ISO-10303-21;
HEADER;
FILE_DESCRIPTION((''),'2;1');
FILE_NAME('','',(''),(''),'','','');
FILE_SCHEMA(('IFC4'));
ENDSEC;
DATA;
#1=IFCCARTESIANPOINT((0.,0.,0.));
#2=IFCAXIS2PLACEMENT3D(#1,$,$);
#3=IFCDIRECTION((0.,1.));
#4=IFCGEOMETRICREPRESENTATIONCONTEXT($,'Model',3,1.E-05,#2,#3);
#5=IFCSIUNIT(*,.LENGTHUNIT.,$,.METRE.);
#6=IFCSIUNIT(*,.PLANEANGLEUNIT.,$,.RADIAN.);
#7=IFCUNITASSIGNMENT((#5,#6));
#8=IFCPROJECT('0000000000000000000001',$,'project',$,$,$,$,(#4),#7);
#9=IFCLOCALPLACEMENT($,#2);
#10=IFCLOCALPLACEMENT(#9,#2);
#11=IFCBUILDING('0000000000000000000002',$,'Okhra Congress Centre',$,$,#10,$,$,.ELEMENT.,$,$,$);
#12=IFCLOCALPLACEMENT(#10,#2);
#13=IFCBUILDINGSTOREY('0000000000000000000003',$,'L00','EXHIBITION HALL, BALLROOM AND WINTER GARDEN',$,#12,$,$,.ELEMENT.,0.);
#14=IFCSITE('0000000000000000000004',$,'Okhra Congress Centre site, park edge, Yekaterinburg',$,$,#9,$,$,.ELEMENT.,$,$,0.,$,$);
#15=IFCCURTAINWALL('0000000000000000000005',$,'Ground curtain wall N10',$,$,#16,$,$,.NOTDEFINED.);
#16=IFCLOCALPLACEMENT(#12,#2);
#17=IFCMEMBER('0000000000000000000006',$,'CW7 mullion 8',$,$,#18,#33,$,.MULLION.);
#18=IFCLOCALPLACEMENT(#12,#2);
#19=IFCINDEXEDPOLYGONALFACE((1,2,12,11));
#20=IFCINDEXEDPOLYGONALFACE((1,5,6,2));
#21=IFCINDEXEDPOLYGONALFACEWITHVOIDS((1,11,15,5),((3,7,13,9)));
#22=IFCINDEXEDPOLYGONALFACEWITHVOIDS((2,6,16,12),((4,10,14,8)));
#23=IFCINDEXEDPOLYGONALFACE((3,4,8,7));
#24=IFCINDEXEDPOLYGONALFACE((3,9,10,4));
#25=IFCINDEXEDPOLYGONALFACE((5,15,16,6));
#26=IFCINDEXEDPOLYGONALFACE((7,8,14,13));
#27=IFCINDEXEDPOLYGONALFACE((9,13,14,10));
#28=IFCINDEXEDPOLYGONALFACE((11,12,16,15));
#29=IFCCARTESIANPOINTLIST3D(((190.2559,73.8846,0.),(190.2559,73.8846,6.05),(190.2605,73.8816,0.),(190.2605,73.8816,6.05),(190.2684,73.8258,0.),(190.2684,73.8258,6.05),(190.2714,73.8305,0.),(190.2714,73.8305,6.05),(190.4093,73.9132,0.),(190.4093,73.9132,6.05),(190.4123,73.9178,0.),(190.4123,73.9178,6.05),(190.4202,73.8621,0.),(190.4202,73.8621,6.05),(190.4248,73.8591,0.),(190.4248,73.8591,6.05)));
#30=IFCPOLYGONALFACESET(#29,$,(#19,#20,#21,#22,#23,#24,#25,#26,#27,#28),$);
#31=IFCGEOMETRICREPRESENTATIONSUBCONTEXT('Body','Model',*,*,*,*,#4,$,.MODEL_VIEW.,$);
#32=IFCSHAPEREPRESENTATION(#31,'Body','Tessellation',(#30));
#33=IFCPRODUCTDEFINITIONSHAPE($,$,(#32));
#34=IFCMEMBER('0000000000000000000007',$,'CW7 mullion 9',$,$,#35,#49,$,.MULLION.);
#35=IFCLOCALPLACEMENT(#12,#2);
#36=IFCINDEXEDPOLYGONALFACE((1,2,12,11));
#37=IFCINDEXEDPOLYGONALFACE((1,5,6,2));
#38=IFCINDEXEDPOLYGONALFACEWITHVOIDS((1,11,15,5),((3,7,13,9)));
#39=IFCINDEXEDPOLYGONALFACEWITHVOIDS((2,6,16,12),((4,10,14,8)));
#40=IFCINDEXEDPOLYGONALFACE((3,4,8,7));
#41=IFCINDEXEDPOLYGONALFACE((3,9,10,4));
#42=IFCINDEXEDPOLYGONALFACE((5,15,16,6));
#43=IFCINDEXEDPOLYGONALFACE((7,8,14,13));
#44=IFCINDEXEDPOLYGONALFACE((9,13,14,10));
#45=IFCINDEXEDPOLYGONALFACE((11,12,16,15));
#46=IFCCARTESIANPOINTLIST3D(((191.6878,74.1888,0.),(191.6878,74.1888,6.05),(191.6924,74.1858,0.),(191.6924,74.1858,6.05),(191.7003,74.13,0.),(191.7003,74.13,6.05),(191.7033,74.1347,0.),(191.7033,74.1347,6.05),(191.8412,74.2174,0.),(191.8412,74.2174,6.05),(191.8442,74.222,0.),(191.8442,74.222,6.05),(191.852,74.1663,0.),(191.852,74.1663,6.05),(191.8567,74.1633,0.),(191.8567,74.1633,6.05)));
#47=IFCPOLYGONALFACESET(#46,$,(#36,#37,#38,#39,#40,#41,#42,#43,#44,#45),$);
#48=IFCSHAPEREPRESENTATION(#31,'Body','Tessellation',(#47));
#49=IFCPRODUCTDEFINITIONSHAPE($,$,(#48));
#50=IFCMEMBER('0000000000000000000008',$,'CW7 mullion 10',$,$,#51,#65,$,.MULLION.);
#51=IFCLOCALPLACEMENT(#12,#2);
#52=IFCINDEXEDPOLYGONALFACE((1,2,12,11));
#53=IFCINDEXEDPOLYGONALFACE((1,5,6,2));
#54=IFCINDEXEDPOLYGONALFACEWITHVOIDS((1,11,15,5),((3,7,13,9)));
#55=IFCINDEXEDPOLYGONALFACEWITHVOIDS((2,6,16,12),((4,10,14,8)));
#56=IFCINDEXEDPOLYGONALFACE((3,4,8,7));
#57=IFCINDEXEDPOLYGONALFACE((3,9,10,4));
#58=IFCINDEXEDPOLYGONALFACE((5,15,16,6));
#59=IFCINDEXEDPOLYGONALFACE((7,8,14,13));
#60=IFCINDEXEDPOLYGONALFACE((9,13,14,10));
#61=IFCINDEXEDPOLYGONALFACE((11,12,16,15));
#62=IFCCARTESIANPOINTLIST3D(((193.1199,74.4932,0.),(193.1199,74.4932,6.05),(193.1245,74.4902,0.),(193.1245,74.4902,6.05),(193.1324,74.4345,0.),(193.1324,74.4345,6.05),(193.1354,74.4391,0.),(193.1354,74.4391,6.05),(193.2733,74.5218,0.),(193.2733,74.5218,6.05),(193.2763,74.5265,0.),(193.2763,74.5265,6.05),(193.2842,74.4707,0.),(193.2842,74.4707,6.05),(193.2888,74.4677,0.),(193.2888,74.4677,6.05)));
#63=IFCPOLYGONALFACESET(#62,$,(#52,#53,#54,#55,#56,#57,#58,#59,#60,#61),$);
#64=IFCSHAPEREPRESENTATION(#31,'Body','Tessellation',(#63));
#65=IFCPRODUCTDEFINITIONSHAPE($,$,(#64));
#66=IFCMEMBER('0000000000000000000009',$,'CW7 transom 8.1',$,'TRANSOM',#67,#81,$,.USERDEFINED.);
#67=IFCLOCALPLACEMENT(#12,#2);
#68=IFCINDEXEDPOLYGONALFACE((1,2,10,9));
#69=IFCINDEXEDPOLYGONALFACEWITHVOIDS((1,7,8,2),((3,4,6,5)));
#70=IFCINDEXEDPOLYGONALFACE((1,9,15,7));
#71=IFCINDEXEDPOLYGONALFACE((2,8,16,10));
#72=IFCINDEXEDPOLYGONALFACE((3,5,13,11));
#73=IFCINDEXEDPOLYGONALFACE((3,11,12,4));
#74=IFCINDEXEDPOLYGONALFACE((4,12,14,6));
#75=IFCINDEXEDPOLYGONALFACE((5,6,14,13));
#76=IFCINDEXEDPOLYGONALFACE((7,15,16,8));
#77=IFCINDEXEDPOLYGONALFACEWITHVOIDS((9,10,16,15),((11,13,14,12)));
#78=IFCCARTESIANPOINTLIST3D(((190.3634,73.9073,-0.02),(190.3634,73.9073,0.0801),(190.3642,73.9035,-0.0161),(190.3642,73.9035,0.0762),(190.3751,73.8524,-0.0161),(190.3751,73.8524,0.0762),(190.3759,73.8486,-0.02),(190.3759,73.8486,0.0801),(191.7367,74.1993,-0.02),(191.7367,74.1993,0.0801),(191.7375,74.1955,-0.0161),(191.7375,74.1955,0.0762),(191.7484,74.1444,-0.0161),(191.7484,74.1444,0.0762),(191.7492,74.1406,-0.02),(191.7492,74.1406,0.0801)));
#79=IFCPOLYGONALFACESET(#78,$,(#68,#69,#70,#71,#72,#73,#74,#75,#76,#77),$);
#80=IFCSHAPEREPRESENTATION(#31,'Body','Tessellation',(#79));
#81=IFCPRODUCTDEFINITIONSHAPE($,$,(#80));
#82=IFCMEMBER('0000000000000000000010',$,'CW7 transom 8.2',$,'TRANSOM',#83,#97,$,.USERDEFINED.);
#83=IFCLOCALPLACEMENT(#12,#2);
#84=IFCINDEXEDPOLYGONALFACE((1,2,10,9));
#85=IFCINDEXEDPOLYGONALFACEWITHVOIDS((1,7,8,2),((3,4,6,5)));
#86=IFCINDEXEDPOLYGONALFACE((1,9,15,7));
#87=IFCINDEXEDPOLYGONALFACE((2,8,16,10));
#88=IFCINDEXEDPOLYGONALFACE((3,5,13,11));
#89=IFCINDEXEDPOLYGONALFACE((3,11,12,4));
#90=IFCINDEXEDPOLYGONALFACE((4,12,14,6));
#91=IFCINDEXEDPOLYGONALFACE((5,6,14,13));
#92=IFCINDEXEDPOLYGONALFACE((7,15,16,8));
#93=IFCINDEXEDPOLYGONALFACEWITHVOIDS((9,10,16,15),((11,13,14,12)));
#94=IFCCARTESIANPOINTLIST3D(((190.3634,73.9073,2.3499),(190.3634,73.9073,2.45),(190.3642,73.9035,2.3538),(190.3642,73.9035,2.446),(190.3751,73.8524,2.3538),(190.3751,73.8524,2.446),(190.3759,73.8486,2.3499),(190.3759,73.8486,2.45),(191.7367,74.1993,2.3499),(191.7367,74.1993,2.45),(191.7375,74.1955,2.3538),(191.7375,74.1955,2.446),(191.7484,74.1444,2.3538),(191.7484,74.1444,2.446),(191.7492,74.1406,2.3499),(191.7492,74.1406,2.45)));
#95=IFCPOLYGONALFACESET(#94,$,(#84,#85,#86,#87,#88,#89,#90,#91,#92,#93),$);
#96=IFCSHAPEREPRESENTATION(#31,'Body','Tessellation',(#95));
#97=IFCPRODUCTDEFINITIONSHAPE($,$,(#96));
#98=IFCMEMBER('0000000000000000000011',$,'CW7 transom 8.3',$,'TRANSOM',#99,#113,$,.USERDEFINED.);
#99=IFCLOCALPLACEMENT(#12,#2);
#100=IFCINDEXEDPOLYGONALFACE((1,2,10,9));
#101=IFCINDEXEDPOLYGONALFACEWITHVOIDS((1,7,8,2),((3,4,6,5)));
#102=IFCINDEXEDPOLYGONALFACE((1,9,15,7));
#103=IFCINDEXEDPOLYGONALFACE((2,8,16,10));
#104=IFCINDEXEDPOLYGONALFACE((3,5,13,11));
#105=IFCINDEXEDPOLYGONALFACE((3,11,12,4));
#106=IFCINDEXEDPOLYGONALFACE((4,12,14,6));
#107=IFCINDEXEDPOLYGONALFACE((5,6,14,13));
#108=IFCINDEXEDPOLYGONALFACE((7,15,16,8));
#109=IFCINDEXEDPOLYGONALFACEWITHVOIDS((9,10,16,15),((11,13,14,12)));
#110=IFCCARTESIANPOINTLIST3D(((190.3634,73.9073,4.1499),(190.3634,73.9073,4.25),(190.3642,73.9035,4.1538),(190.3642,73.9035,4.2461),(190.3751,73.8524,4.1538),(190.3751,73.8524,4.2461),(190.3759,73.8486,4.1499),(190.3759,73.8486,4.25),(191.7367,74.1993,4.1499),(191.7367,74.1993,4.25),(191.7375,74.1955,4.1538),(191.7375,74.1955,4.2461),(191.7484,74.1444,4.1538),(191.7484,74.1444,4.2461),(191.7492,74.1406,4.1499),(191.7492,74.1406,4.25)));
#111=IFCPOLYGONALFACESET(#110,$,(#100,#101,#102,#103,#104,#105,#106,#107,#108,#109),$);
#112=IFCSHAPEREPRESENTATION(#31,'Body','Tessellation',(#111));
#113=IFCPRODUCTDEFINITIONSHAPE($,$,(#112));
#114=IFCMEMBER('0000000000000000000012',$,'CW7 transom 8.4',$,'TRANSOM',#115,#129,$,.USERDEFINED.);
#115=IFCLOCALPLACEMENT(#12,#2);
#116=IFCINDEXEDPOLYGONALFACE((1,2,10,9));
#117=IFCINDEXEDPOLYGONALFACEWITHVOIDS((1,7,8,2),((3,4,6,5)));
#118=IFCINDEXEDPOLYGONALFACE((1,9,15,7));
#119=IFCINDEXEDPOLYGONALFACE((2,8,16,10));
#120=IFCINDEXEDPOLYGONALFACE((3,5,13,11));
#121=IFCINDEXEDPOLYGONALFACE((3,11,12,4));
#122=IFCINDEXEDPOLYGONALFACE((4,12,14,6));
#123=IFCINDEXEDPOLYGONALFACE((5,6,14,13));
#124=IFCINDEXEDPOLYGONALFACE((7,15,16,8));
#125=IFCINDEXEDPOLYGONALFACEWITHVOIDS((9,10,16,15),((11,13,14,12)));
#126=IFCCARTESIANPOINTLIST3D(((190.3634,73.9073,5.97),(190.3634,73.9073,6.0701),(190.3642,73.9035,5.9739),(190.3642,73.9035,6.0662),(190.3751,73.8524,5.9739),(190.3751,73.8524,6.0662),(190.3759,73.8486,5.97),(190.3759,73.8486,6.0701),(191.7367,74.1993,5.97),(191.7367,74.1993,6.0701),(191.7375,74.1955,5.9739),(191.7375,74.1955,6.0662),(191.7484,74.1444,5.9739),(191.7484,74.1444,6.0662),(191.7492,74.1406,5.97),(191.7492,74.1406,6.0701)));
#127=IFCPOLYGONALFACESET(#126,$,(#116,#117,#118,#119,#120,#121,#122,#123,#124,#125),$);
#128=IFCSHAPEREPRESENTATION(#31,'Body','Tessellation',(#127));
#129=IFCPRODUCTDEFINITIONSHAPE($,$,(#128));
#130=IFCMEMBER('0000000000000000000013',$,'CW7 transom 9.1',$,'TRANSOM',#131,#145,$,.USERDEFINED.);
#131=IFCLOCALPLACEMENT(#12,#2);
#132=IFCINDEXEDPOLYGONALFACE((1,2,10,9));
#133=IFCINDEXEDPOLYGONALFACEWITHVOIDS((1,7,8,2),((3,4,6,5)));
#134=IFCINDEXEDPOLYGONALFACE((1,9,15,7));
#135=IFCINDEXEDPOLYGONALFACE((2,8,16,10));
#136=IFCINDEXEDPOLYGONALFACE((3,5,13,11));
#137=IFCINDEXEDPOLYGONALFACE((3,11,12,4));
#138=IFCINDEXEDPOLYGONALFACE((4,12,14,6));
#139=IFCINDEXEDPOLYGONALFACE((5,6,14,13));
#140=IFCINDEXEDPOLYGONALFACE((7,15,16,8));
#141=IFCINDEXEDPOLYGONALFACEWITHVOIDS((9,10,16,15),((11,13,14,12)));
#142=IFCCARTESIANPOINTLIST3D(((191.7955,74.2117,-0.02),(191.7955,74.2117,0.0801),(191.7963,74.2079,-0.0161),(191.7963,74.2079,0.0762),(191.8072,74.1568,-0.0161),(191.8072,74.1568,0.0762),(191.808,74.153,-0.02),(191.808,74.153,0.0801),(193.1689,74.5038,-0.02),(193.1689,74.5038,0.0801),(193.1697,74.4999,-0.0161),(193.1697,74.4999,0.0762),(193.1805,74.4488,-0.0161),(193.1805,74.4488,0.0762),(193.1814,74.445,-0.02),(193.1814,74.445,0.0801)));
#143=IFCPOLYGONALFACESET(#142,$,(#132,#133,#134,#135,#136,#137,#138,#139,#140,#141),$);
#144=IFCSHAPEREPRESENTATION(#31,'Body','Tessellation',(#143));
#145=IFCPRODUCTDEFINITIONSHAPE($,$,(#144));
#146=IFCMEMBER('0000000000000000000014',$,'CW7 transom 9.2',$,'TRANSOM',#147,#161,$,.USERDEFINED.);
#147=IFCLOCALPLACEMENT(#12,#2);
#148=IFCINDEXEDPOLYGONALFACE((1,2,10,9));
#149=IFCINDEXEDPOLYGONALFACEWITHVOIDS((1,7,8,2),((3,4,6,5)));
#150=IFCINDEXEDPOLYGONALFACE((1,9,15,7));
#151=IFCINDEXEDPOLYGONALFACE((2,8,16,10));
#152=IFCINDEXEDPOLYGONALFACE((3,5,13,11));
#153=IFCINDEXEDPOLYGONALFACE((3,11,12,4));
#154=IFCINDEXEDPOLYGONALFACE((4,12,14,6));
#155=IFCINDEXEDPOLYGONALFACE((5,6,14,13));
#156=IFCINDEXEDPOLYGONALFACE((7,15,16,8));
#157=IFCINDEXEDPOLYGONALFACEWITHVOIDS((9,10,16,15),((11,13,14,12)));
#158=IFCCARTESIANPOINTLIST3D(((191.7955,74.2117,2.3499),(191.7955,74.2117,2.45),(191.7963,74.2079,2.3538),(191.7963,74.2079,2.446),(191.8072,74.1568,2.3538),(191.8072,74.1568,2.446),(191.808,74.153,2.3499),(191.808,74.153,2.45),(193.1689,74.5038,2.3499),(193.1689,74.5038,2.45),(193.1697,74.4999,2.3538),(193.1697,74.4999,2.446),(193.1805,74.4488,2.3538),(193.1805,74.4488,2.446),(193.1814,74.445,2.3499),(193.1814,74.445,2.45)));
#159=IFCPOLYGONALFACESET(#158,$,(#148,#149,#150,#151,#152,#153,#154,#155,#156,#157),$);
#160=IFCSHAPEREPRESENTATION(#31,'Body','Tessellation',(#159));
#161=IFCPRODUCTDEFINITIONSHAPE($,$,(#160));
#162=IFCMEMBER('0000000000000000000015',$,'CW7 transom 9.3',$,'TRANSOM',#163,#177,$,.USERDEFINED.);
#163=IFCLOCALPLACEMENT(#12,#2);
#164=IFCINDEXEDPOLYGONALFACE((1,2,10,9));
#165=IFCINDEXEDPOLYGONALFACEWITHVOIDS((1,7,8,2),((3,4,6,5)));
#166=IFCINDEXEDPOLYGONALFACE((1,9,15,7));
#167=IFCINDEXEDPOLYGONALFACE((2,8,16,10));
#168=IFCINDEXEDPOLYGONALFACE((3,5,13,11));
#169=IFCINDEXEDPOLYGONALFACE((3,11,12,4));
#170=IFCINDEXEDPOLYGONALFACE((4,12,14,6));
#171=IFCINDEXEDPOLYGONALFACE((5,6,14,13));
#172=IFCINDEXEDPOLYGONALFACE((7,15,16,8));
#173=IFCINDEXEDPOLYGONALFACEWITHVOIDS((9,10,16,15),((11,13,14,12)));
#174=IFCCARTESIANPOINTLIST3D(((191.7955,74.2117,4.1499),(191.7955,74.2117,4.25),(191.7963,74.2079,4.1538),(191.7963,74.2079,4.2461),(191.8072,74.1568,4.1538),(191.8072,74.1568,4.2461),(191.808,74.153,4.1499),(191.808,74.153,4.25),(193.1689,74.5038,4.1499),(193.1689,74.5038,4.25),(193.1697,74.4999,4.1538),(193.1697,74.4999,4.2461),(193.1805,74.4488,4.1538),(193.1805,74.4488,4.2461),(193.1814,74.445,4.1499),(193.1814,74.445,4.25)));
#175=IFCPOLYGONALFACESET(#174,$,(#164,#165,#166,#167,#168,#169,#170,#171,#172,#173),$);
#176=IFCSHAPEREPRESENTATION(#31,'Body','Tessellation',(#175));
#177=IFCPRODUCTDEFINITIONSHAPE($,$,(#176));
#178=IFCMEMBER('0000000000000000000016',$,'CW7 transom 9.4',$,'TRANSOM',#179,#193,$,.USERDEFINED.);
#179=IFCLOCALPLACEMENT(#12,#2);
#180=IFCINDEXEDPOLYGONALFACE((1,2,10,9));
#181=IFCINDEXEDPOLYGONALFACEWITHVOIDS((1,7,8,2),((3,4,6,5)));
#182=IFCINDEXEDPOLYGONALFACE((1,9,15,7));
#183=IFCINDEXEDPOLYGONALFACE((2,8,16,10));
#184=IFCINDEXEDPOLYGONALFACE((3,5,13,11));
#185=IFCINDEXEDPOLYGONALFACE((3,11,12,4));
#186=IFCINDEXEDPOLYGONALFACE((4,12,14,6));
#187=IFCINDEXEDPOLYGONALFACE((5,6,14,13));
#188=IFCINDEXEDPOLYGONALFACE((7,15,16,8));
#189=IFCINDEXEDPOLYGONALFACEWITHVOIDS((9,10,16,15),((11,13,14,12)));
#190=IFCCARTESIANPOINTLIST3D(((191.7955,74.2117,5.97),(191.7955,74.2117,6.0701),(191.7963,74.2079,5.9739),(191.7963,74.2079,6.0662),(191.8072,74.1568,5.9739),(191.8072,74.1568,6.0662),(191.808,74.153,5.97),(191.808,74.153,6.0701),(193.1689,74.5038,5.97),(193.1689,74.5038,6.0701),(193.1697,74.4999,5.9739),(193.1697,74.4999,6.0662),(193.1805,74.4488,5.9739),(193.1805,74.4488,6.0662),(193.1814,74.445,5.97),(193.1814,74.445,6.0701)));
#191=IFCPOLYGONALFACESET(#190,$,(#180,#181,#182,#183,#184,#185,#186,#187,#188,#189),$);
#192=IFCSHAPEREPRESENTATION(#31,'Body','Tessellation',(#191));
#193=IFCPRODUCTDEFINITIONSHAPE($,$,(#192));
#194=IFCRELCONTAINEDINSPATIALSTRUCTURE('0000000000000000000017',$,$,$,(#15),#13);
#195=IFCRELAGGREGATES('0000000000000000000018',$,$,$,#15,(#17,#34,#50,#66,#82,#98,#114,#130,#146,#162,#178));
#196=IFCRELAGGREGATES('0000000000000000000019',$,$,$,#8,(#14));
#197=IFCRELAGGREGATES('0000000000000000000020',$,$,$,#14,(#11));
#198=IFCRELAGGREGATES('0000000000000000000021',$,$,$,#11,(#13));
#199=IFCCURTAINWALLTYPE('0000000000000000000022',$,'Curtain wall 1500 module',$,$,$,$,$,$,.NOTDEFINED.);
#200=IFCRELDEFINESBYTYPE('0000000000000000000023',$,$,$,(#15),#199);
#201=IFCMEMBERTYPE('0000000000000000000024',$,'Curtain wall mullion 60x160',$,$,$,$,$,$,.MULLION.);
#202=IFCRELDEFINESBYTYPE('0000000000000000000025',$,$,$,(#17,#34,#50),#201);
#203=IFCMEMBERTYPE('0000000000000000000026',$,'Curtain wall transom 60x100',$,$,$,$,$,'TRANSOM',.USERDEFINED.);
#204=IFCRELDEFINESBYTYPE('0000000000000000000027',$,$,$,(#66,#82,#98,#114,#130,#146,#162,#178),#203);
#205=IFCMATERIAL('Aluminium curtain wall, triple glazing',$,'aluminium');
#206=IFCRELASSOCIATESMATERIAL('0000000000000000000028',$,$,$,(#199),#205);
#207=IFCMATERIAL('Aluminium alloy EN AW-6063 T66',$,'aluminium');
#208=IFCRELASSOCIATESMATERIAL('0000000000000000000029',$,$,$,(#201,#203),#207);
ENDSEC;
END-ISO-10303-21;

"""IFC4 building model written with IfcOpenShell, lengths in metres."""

from ifc_helpers import new_model, si_unit, direction, frame, origin, origin_2d, place, context, subcontext, project, spatial, hollow_rectangle, extrude, material, material_profile, profile_set, type_object, element, aggregate, save


model = new_model("IFC4")

# Units and contexts
model_context = context("Model", 3, precision=1e-05, world=origin(), true_north=direction((0.0, 1.0)))
body_context = subcontext(model_context, "Body", "Model", "MODEL_VIEW")
ifc_project = project(units=[si_unit("LENGTHUNIT", "METRE"), si_unit("PLANEANGLEUNIT", "RADIAN")], contexts=[model_context])

# Site, building, storey
site_placement = place(None, origin())
site = spatial("IfcSite", under=ifc_project, at=site_placement, Name="Okhra Congress Centre site, park edge, Yekaterinburg", CompositionType="ELEMENT", RefElevation=0.0)
building_placement = place(site_placement, origin())
building = spatial("IfcBuilding", under=site, at=building_placement, Name="Okhra Congress Centre", CompositionType="ELEMENT")
storey_placement = place(building_placement, origin())
storey = spatial("IfcBuildingStorey", under=building, at=storey_placement, Name="L00", Description="EXHIBITION HALL, BALLROOM AND WINTER GARDEN", CompositionType="ELEMENT", Elevation=0.0)

# Curtain wall, members
ifc_material_1 = material(Name="Aluminium curtain wall, triple glazing", Category="aluminium")
curtain_wall_type = type_object("IfcCurtainWallType", Name="Curtain wall 1500 module", PredefinedType="NOTDEFINED", material=ifc_material_1)
curtain_wall_placement = place(storey_placement, origin())
curtain_wall = element("IfcCurtainWall", 1, at=curtain_wall_placement, inside=storey, type_object=curtain_wall_type, Name="Ground curtain wall N10", PredefinedType="NOTDEFINED")
ifc_material_2 = material(Name="Aluminium alloy EN AW-6063 T66", Category="aluminium")
ifc_material_profile_1 = material_profile(ifc_material_2, hollow_rectangle(XDim=0.0601, YDim=0.1599, WallThickness=0.0039, at=origin_2d()), Name="RHS 60x160x4")
ifc_profile_set_1 = profile_set([ifc_material_profile_1], Name="Aluminium alloy EN AW-6063 T66")
member_type_1 = type_object("IfcMemberType", Name="Curtain wall mullion 60x160", PredefinedType="MULLION", material=ifc_profile_set_1)
member_1_placement = place(storey_placement, frame((190.3403, 73.8718, 0.0), z_axis=(0.0, 0.0, 1.0), x_axis=(-0.207912, 0.978148, 0.0)))
member_1 = element("IfcMember", 2, at=member_1_placement, type_object=member_type_1, Name="CW7 mullion 8", PredefinedType="MULLION", context=body_context, shape_type="SweptSolid", body=[
    extrude(hollow_rectangle(XDim=0.0601, YDim=0.1599, WallThickness=0.0039, at=origin_2d()), origin(), (0.0, 0.0, 1.0), 6.05),
])
member_2_placement = place(storey_placement, frame((191.7722, 74.176, 0.0), z_axis=(0.0, 0.0, 1.0), x_axis=(-0.207912, 0.978148, 0.0)))
member_2 = element("IfcMember", 3, at=member_2_placement, type_object=member_type_1, Name="CW7 mullion 9", PredefinedType="MULLION", context=body_context, shape_type="SweptSolid", body=[
    extrude(hollow_rectangle(XDim=0.0601, YDim=0.1599, WallThickness=0.0039, at=origin_2d()), origin(), (0.0, 0.0, 1.0), 6.05),
])
member_3_placement = place(storey_placement, frame((193.2043, 74.4805, 0.0), z_axis=(0.0, 0.0, 1.0), x_axis=(-0.207912, 0.978148, 0.0)))
member_3 = element("IfcMember", 4, at=member_3_placement, type_object=member_type_1, Name="CW7 mullion 10", PredefinedType="MULLION", context=body_context, shape_type="SweptSolid", body=[
    extrude(hollow_rectangle(XDim=0.0601, YDim=0.1599, WallThickness=0.0039, at=origin_2d()), origin(), (0.0, 0.0, 1.0), 6.05),
])
ifc_material_profile_2 = material_profile(ifc_material_2, hollow_rectangle(XDim=0.0601, YDim=0.1001, WallThickness=0.0039, at=origin_2d()), Name="RHS 60x100x4")
ifc_profile_set_2 = profile_set([ifc_material_profile_2], Name="Aluminium alloy EN AW-6063 T66")
member_type_2 = type_object("IfcMemberType", Name="Curtain wall transom 60x100", ElementType="TRANSOM", PredefinedType="USERDEFINED", material=ifc_profile_set_2)
member_4_placement = place(storey_placement, frame((190.3696, 73.8779, 0.03), z_axis=(0.978135, 0.207973, 0.0), x_axis=(-0.207973, 0.978135, 0.0)))
member_4 = element("IfcMember", 5, at=member_4_placement, type_object=member_type_2, Name="CW7 transom 8.1", ObjectType="TRANSOM", PredefinedType="USERDEFINED", context=body_context, shape_type="SweptSolid", body=[
    extrude(hollow_rectangle(XDim=0.0601, YDim=0.1001, WallThickness=0.0039, at=origin_2d()), origin(), (0.0, 0.0, 1.0), 1.4041),
])
member_5_placement = place(storey_placement, frame((190.3696, 73.8779, 2.3999), z_axis=(0.978135, 0.207973, 0.0), x_axis=(-0.207973, 0.978135, 0.0)))
member_5 = element("IfcMember", 6, at=member_5_placement, type_object=member_type_2, Name="CW7 transom 8.2", ObjectType="TRANSOM", PredefinedType="USERDEFINED", context=body_context, shape_type="SweptSolid", body=[
    extrude(hollow_rectangle(XDim=0.0601, YDim=0.1001, WallThickness=0.0039, at=origin_2d()), origin(), (0.0, 0.0, 1.0), 1.4041),
])
member_6_placement = place(storey_placement, frame((190.3696, 73.8779, 4.2), z_axis=(0.978135, 0.207973, 0.0), x_axis=(-0.207973, 0.978135, 0.0)))
member_6 = element("IfcMember", 7, at=member_6_placement, type_object=member_type_2, Name="CW7 transom 8.3", ObjectType="TRANSOM", PredefinedType="USERDEFINED", context=body_context, shape_type="SweptSolid", body=[
    extrude(hollow_rectangle(XDim=0.0601, YDim=0.1001, WallThickness=0.0039, at=origin_2d()), origin(), (0.0, 0.0, 1.0), 1.4041),
])
member_7_placement = place(storey_placement, frame((190.3696, 73.8779, 6.02), z_axis=(0.978135, 0.207973, 0.0), x_axis=(-0.207973, 0.978135, 0.0)))
member_7 = element("IfcMember", 8, at=member_7_placement, type_object=member_type_2, Name="CW7 transom 8.4", ObjectType="TRANSOM", PredefinedType="USERDEFINED", context=body_context, shape_type="SweptSolid", body=[
    extrude(hollow_rectangle(XDim=0.0601, YDim=0.1001, WallThickness=0.0039, at=origin_2d()), origin(), (0.0, 0.0, 1.0), 1.4041),
])
member_8_placement = place(storey_placement, frame((191.8018, 74.1824, 0.03), z_axis=(0.978135, 0.207973, 0.0), x_axis=(-0.207973, 0.978135, 0.0)))
member_8 = element("IfcMember", 9, at=member_8_placement, type_object=member_type_2, Name="CW7 transom 9.1", ObjectType="TRANSOM", PredefinedType="USERDEFINED", context=body_context, shape_type="SweptSolid", body=[
    extrude(hollow_rectangle(XDim=0.0601, YDim=0.1001, WallThickness=0.0039, at=origin_2d()), origin(), (0.0, 0.0, 1.0), 1.4041),
])
member_9_placement = place(storey_placement, frame((191.8018, 74.1824, 2.3999), z_axis=(0.978135, 0.207973, 0.0), x_axis=(-0.207973, 0.978135, 0.0)))
member_9 = element("IfcMember", 10, at=member_9_placement, type_object=member_type_2, Name="CW7 transom 9.2", ObjectType="TRANSOM", PredefinedType="USERDEFINED", context=body_context, shape_type="SweptSolid", body=[
    extrude(hollow_rectangle(XDim=0.0601, YDim=0.1001, WallThickness=0.0039, at=origin_2d()), origin(), (0.0, 0.0, 1.0), 1.4041),
])
member_10_placement = place(storey_placement, frame((191.8018, 74.1824, 4.2), z_axis=(0.978135, 0.207973, 0.0), x_axis=(-0.207973, 0.978135, 0.0)))
member_10 = element("IfcMember", 11, at=member_10_placement, type_object=member_type_2, Name="CW7 transom 9.3", ObjectType="TRANSOM", PredefinedType="USERDEFINED", context=body_context, shape_type="SweptSolid", body=[
    extrude(hollow_rectangle(XDim=0.0601, YDim=0.1001, WallThickness=0.0039, at=origin_2d()), origin(), (0.0, 0.0, 1.0), 1.4041),
])
member_11_placement = place(storey_placement, frame((191.8018, 74.1824, 6.02), z_axis=(0.978135, 0.207973, 0.0), x_axis=(-0.207973, 0.978135, 0.0)))
member_11 = element("IfcMember", 12, at=member_11_placement, type_object=member_type_2, Name="CW7 transom 9.4", ObjectType="TRANSOM", PredefinedType="USERDEFINED", context=body_context, shape_type="SweptSolid", body=[
    extrude(hollow_rectangle(XDim=0.0601, YDim=0.1001, WallThickness=0.0039, at=origin_2d()), origin(), (0.0, 0.0, 1.0), 1.4041),
])
aggregate(curtain_wall, [member_1, member_2, member_3, member_4, member_5, member_6, member_7, member_8, member_9, member_10, member_11])

save(model, "model.ifc")
